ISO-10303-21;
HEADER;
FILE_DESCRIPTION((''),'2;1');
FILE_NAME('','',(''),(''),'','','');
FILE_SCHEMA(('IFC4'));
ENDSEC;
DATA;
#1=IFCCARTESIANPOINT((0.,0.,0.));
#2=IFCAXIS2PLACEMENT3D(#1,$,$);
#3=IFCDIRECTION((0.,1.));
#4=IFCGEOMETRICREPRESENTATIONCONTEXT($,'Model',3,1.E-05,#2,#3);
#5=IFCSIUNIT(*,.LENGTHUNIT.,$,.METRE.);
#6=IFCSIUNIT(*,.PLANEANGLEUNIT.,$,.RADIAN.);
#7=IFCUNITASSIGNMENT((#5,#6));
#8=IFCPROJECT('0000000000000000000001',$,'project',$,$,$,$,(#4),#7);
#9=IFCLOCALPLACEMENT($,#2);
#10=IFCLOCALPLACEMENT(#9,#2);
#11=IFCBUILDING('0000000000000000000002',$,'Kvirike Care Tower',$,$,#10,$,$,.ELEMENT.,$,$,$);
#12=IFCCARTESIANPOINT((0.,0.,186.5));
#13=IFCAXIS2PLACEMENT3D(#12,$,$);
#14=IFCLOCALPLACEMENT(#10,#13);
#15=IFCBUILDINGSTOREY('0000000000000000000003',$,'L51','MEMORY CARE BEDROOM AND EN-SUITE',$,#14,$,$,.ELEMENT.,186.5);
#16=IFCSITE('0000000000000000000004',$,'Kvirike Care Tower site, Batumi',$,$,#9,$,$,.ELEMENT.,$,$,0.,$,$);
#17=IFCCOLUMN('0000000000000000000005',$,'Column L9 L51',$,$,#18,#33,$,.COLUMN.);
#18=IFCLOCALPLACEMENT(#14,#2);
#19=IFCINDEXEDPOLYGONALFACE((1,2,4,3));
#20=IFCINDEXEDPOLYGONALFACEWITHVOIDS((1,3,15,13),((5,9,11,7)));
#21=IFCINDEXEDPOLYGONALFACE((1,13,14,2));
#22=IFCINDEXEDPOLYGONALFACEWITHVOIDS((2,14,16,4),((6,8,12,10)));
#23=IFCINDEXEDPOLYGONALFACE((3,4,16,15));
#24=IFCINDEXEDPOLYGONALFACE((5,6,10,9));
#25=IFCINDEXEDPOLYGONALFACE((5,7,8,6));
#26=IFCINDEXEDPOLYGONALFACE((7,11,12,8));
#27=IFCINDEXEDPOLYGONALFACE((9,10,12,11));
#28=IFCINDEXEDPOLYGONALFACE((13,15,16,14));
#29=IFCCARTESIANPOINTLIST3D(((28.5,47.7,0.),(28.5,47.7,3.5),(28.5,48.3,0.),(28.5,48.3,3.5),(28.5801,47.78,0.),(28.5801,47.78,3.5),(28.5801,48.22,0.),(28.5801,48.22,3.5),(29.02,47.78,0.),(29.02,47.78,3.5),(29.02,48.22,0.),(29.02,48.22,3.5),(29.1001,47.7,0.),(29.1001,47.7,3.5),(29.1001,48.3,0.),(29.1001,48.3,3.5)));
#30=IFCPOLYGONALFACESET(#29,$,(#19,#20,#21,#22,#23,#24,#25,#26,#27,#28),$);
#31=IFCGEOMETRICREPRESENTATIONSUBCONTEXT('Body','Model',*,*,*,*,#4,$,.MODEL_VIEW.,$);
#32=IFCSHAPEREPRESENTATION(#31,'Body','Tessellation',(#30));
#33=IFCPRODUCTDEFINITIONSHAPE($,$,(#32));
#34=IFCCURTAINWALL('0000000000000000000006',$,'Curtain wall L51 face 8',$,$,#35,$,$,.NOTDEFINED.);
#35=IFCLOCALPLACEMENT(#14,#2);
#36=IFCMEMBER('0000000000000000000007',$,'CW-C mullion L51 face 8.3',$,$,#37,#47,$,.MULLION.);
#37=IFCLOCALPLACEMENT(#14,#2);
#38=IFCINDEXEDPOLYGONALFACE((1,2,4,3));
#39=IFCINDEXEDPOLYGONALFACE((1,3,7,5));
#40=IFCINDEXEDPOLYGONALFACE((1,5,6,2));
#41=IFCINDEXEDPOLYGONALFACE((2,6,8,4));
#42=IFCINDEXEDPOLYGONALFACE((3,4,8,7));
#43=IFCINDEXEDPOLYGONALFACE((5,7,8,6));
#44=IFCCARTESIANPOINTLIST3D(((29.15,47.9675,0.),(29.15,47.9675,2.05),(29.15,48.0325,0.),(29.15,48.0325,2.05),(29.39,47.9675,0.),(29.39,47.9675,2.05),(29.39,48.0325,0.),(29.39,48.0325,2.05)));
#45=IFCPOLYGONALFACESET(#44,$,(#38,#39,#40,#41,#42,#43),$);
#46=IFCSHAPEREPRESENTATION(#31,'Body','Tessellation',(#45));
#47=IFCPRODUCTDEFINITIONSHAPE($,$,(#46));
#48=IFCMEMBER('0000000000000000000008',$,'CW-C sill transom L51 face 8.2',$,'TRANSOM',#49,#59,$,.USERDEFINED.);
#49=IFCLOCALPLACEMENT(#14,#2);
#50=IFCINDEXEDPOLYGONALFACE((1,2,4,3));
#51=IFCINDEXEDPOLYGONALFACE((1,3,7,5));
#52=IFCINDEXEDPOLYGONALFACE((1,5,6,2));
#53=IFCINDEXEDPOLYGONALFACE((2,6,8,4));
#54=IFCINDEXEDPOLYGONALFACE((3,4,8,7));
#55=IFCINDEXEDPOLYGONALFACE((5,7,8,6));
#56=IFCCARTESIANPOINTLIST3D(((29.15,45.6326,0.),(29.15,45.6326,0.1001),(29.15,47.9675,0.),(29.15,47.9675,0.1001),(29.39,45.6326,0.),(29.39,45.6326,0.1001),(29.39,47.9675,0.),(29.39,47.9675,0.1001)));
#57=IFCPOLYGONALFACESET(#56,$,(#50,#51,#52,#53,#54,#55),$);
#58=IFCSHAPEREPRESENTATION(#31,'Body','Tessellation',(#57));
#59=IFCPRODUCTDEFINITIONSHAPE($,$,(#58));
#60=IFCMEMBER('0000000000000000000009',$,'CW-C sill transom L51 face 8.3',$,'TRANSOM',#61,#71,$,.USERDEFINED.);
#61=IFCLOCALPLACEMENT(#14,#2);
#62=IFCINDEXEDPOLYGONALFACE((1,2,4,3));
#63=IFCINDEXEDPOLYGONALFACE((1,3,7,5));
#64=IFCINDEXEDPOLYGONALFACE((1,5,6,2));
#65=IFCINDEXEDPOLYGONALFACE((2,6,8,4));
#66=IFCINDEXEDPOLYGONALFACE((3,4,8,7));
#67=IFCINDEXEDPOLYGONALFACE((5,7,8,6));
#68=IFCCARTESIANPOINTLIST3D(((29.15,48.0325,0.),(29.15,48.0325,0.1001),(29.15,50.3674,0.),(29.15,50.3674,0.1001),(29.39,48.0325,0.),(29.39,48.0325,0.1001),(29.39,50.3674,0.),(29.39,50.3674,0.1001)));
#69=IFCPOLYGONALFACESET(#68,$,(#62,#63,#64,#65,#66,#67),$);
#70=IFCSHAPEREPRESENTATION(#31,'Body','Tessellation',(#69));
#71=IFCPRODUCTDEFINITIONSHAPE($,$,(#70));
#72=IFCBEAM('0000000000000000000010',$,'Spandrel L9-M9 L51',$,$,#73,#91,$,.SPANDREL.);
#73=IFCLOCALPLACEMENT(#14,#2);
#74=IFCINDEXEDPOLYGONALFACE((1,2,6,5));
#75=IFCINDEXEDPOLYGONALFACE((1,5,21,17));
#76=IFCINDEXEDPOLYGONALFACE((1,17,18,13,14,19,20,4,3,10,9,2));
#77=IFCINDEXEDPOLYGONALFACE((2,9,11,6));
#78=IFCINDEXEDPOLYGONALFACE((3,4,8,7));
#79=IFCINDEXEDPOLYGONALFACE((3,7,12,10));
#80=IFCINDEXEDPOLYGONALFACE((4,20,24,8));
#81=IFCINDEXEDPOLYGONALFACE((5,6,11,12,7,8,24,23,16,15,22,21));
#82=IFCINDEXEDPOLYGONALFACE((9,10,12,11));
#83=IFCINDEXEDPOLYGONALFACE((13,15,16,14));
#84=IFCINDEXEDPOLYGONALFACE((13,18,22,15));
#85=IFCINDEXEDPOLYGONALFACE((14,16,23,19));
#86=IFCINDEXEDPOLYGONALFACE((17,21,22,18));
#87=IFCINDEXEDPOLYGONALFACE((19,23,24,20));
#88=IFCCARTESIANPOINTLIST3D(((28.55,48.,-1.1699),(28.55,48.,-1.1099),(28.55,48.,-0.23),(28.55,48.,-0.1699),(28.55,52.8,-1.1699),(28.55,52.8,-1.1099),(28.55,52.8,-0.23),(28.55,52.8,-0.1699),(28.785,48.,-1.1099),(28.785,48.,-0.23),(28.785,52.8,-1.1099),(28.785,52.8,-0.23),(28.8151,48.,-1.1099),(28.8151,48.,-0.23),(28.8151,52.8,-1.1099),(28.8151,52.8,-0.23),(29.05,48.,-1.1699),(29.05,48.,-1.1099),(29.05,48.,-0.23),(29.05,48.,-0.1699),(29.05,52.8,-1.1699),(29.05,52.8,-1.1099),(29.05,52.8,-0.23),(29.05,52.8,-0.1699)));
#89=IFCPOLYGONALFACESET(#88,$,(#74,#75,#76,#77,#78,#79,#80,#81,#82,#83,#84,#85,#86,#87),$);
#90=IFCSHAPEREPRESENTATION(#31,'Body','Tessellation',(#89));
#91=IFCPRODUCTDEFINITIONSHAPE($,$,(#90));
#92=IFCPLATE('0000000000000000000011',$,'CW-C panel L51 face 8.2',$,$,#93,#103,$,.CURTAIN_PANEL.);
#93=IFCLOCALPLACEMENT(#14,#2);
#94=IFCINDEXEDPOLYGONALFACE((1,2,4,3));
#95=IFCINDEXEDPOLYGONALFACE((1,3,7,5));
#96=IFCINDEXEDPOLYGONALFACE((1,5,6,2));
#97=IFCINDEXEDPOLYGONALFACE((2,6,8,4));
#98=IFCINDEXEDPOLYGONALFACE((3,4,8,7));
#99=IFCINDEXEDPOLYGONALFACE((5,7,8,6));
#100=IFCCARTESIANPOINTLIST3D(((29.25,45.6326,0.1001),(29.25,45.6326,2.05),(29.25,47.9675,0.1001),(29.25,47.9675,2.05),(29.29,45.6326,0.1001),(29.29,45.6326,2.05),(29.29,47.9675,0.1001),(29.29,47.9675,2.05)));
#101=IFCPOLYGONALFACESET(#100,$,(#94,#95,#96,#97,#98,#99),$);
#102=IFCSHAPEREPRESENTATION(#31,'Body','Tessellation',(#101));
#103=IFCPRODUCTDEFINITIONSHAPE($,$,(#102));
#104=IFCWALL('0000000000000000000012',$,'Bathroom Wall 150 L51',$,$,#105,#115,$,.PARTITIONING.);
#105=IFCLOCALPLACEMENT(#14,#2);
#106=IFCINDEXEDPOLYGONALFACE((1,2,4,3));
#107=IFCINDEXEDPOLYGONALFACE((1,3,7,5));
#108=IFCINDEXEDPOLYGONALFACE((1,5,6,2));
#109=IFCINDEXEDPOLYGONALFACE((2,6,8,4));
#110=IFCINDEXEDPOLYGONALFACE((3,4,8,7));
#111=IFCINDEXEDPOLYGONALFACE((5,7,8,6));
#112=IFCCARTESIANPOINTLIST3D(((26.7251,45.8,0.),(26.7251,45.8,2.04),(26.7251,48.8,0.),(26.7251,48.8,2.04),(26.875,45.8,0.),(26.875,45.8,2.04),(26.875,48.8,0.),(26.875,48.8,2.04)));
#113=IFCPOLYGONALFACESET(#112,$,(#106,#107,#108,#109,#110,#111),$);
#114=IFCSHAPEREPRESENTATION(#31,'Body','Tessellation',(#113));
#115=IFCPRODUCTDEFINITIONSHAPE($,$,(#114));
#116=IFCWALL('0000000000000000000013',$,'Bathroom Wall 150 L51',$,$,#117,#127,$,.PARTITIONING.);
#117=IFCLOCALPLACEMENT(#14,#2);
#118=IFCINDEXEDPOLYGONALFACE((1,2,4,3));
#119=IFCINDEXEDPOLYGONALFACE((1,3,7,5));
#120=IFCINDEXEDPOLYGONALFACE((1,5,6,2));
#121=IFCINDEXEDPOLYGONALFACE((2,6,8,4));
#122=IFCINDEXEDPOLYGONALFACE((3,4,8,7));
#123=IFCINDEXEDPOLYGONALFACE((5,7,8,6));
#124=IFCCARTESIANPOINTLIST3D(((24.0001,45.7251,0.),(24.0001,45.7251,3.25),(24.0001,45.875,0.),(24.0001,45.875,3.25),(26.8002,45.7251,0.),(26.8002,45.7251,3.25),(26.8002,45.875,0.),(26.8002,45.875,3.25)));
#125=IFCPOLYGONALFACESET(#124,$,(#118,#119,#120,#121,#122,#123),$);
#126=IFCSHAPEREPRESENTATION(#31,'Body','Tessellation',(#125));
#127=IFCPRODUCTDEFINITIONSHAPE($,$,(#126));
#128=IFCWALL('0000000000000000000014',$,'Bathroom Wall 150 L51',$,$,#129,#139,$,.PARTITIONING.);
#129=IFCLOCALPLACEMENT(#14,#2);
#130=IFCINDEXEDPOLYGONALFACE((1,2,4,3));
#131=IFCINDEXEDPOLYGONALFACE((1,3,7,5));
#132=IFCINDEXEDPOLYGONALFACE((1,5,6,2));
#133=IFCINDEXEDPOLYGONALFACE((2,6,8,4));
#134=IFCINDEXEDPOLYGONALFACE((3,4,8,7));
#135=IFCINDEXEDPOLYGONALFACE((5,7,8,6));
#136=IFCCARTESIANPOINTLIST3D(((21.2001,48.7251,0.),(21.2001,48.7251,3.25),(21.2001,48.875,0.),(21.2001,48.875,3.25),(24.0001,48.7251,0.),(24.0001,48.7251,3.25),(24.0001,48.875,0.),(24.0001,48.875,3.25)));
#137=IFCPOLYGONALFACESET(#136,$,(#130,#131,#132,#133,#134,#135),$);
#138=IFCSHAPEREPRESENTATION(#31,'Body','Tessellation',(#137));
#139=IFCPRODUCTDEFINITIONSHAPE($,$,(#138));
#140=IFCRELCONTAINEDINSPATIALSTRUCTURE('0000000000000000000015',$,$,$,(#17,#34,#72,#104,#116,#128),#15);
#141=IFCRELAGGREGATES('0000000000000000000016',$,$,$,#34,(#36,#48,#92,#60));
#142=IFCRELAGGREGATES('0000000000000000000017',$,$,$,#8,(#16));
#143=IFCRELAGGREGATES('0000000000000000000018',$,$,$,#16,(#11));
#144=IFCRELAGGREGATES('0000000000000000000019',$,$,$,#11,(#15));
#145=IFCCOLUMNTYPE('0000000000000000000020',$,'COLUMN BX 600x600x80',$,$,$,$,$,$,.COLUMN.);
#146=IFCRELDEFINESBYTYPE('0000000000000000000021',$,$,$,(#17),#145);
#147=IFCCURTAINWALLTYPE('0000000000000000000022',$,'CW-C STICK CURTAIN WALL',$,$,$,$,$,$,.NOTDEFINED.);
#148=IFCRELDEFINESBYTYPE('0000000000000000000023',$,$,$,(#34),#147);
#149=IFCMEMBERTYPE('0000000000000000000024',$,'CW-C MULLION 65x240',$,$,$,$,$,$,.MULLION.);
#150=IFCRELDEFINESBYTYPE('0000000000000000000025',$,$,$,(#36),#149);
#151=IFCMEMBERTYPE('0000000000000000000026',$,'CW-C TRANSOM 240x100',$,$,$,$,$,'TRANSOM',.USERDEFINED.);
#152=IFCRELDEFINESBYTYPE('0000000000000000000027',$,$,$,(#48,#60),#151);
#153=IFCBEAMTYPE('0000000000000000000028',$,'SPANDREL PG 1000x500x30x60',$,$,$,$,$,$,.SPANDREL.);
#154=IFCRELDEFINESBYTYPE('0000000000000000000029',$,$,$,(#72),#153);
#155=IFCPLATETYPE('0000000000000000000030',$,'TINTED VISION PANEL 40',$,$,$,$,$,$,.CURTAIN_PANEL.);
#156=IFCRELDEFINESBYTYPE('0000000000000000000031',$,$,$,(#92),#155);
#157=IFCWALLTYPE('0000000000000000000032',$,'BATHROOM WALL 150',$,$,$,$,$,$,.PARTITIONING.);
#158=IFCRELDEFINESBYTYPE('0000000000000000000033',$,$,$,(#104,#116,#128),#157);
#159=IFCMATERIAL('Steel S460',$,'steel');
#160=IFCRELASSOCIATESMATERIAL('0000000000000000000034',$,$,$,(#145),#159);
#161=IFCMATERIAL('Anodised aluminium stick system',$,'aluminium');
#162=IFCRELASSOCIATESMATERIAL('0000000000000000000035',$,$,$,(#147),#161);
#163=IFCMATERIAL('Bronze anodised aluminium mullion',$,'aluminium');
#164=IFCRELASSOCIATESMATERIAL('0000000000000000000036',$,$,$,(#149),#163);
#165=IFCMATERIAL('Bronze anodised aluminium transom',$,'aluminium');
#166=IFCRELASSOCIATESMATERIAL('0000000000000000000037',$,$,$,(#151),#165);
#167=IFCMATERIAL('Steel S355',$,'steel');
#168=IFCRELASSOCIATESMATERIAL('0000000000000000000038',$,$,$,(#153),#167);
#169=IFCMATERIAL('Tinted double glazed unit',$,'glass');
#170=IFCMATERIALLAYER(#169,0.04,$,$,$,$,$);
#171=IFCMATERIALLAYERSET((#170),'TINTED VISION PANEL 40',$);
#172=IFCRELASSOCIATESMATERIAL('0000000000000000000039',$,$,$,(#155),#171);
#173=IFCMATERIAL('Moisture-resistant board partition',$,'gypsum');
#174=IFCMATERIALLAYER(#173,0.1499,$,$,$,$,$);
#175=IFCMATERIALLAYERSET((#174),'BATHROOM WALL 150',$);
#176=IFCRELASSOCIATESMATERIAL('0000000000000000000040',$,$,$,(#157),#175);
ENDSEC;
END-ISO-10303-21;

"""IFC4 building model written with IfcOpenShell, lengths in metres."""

from ifc_helpers import new_model, si_unit, direction, frame, frame_2d, origin, origin_2d, place, context, subcontext, project, spatial, rectangle, hollow_rectangle, i_section, extrude, material, layer, layer_set, material_profile, profile_set, type_object, element, aggregate, save


model = new_model("IFC4")

# Units and contexts
model_context = context("Model", 3, precision=1e-05, world=origin(), true_north=direction((0.0, 1.0)))
body_context = subcontext(model_context, "Body", "Model", "MODEL_VIEW")
ifc_project = project(units=[si_unit("LENGTHUNIT", "METRE"), si_unit("PLANEANGLEUNIT", "RADIAN")], contexts=[model_context])

# Site, building, storey
site_placement = place(None, origin())
site = spatial("IfcSite", under=ifc_project, at=site_placement, Name="Kvirike Care Tower site, Batumi", CompositionType="ELEMENT", RefElevation=0.0)
building_placement = place(site_placement, origin())
building = spatial("IfcBuilding", under=site, at=building_placement, Name="Kvirike Care Tower", CompositionType="ELEMENT")
storey_placement = place(building_placement, frame((0.0, 0.0, 186.5)))
storey = spatial("IfcBuildingStorey", under=building, at=storey_placement, Name="L51", Description="MEMORY CARE BEDROOM AND EN-SUITE", CompositionType="ELEMENT", Elevation=186.5)

# Column
ifc_material_1 = material(Name="Steel S460", Category="steel")
ifc_material_profile_1 = material_profile(ifc_material_1, hollow_rectangle(XDim=0.6001, YDim=0.6001, WallThickness=0.0801, at=origin_2d()), Name="BX 600x600x80")
ifc_profile_set_1 = profile_set([ifc_material_profile_1], Name="Steel S460")
column_type = type_object("IfcColumnType", Name="COLUMN BX 600x600x80", PredefinedType="COLUMN", material=ifc_profile_set_1)
column_placement = place(storey_placement, frame((28.8, 48.0, 0.0), z_axis=(0.0, 0.0, 1.0), x_axis=(1.0, 0.0, 0.0)))
element("IfcColumn", 1, at=column_placement, inside=storey, type_object=column_type, Name="Column L9 L51", PredefinedType="COLUMN", context=body_context, shape_type="SweptSolid", body=[
    extrude(hollow_rectangle(XDim=0.6001, YDim=0.6001, WallThickness=0.0801, at=origin_2d()), origin(), (0.0, 0.0, 1.0), 3.5),
])

# Curtain wall, members
ifc_material_2 = material(Name="Anodised aluminium stick system", Category="aluminium")
curtain_wall_type = type_object("IfcCurtainWallType", Name="CW-C STICK CURTAIN WALL", PredefinedType="NOTDEFINED", material=ifc_material_2)
curtain_wall_placement = place(storey_placement, origin())
curtain_wall = element("IfcCurtainWall", 2, at=curtain_wall_placement, inside=storey, type_object=curtain_wall_type, Name="Curtain wall L51 face 8", PredefinedType="NOTDEFINED")
ifc_material_3 = material(Name="Bronze anodised aluminium mullion", Category="aluminium")
ifc_material_profile_2 = material_profile(ifc_material_3, rectangle(XDim=0.0649, YDim=0.24, at=origin_2d()), Name="CW-C MULLION 65x240")
ifc_profile_set_2 = profile_set([ifc_material_profile_2], Name="Bronze anodised aluminium mullion")
member_type_1 = type_object("IfcMemberType", Name="CW-C MULLION 65x240", PredefinedType="MULLION", material=ifc_profile_set_2)
member_1_placement = place(storey_placement, frame((29.27, 48.0, 0.0), z_axis=(0.0, 0.0, 1.0), x_axis=(0.0, 1.0, 0.0)))
member_1 = element("IfcMember", 3, at=member_1_placement, type_object=member_type_1, Name="CW-C mullion L51 face 8.3", PredefinedType="MULLION", context=body_context, shape_type="SweptSolid", body=[
    extrude(rectangle(XDim=0.0649, YDim=0.24, at=origin_2d()), origin(), (0.0, 0.0, 1.0), 2.05),
])
ifc_material_4 = material(Name="Bronze anodised aluminium transom", Category="aluminium")
ifc_material_profile_3 = material_profile(ifc_material_4, rectangle(XDim=0.24, YDim=0.1001, at=origin_2d()), Name="CW-C TRANSOM 240x100")
ifc_profile_set_3 = profile_set([ifc_material_profile_3], Name="Bronze anodised aluminium transom")
member_type_2 = type_object("IfcMemberType", Name="CW-C TRANSOM 240x100", ElementType="TRANSOM", PredefinedType="USERDEFINED", material=ifc_profile_set_3)
member_2_placement = place(storey_placement, frame((29.27, 45.6326, 0.05), z_axis=(0.0, 1.0, 0.0), x_axis=(-1.0, 0.0, 0.0)))
member_2 = element("IfcMember", 4, at=member_2_placement, type_object=member_type_2, Name="CW-C sill transom L51 face 8.2", ObjectType="TRANSOM", PredefinedType="USERDEFINED", context=body_context, shape_type="SweptSolid", body=[
    extrude(rectangle(XDim=0.24, YDim=0.1001, at=origin_2d()), origin(), (0.0, 0.0, 1.0), 2.335),
])
member_3_placement = place(storey_placement, frame((29.27, 48.0325, 0.05), z_axis=(0.0, 1.0, 0.0), x_axis=(-1.0, 0.0, 0.0)))
member_3 = element("IfcMember", 5, at=member_3_placement, type_object=member_type_2, Name="CW-C sill transom L51 face 8.3", ObjectType="TRANSOM", PredefinedType="USERDEFINED", context=body_context, shape_type="SweptSolid", body=[
    extrude(rectangle(XDim=0.24, YDim=0.1001, at=origin_2d()), origin(), (0.0, 0.0, 1.0), 2.335),
])

# Beam
ifc_material_5 = material(Name="Steel S355", Category="steel")
ifc_material_profile_4 = material_profile(ifc_material_5, i_section(OverallWidth=0.5, OverallDepth=1.0, WebThickness=0.03, FlangeThickness=0.0601, at=origin_2d()), Name="PG 1000x500x30x60")
ifc_profile_set_4 = profile_set([ifc_material_profile_4], Name="Steel S355")
beam_type = type_object("IfcBeamType", Name="SPANDREL PG 1000x500x30x60", PredefinedType="SPANDREL", material=ifc_profile_set_4)
beam_placement = place(storey_placement, frame((28.8, 48.0, -0.6699), z_axis=(0.0, 1.0, 0.0), x_axis=(-1.0, 0.0, 0.0)))
element("IfcBeam", 6, at=beam_placement, inside=storey, type_object=beam_type, Name="Spandrel L9-M9 L51", PredefinedType="SPANDREL", context=body_context, shape_type="SweptSolid", body=[
    extrude(i_section(OverallWidth=0.5, OverallDepth=1.0, WebThickness=0.03, FlangeThickness=0.0601, at=origin_2d()), origin(), (0.0, 0.0, 1.0), 4.8),
])

# Plate
ifc_material_6 = material(Name="Tinted double glazed unit", Category="glass")
ifc_layer_1 = layer(ifc_material_6, 0.04)
ifc_layer_set_1 = layer_set([ifc_layer_1], Name="TINTED VISION PANEL 40")
plate_type = type_object("IfcPlateType", Name="TINTED VISION PANEL 40", PredefinedType="CURTAIN_PANEL", material=ifc_layer_set_1)
plate_placement = place(storey_placement, frame((29.27, 46.8, 0.1001), z_axis=(0.0, 0.0, 1.0), x_axis=(0.0, 1.0, 0.0)))
plate = element("IfcPlate", 7, at=plate_placement, type_object=plate_type, Name="CW-C panel L51 face 8.2", PredefinedType="CURTAIN_PANEL", context=body_context, shape_type="SweptSolid", body=[
    extrude(rectangle(XDim=2.335, YDim=0.04, at=origin_2d()), origin(), (0.0, 0.0, 1.0), 1.95),
])
aggregate(curtain_wall, [member_1, member_2, plate, member_3])

# Walls
ifc_material_7 = material(Name="Moisture-resistant board partition", Category="gypsum")
ifc_layer_2 = layer(ifc_material_7, 0.1499)
ifc_layer_set_2 = layer_set([ifc_layer_2], Name="BATHROOM WALL 150")
wall_type_1 = type_object("IfcWallType", Name="BATHROOM WALL 150", PredefinedType="PARTITIONING", material=ifc_layer_set_2)
wall_1_placement = place(storey_placement, frame((26.8, 48.8, 0.0), z_axis=(0.0, 0.0, 1.0), x_axis=(0.0, -1.0, 0.0)))
element("IfcWall", 8, at=wall_1_placement, inside=storey, type_object=wall_type_1, Name="Bathroom Wall 150 L51", PredefinedType="PARTITIONING", context=body_context, shape_type="SweptSolid", body=[
    extrude(rectangle(XDim=3.0, YDim=0.1499, at=frame_2d((1.5, 0.0))), origin(), (0.0, 0.0, 1.0), 2.04),
])
for number, where, z_axis, x_axis, name in (
    (9, (26.8, 45.8, 0.0), (0.0, 0.0, 1.0), (-1.0, 0.0, 0.0), "Bathroom Wall 150 L51"),
    (10, (24.0, 48.8, 0.0), (0.0, 0.0, 1.0), (-1.0, 0.0, 0.0), "Bathroom Wall 150 L51"),
):
    element("IfcWall", number, at=place(storey_placement, frame(where, z_axis=z_axis, x_axis=x_axis)), inside=storey, type_object=wall_type_1, Name=name, PredefinedType="PARTITIONING", context=body_context, shape_type="SweptSolid", body=[
        extrude(rectangle(XDim=2.8, YDim=0.1499, at=frame_2d((1.3999, 0.0))), origin(), (0.0, 0.0, 1.0), 3.25),
    ])

save(model, "model.ifc")
